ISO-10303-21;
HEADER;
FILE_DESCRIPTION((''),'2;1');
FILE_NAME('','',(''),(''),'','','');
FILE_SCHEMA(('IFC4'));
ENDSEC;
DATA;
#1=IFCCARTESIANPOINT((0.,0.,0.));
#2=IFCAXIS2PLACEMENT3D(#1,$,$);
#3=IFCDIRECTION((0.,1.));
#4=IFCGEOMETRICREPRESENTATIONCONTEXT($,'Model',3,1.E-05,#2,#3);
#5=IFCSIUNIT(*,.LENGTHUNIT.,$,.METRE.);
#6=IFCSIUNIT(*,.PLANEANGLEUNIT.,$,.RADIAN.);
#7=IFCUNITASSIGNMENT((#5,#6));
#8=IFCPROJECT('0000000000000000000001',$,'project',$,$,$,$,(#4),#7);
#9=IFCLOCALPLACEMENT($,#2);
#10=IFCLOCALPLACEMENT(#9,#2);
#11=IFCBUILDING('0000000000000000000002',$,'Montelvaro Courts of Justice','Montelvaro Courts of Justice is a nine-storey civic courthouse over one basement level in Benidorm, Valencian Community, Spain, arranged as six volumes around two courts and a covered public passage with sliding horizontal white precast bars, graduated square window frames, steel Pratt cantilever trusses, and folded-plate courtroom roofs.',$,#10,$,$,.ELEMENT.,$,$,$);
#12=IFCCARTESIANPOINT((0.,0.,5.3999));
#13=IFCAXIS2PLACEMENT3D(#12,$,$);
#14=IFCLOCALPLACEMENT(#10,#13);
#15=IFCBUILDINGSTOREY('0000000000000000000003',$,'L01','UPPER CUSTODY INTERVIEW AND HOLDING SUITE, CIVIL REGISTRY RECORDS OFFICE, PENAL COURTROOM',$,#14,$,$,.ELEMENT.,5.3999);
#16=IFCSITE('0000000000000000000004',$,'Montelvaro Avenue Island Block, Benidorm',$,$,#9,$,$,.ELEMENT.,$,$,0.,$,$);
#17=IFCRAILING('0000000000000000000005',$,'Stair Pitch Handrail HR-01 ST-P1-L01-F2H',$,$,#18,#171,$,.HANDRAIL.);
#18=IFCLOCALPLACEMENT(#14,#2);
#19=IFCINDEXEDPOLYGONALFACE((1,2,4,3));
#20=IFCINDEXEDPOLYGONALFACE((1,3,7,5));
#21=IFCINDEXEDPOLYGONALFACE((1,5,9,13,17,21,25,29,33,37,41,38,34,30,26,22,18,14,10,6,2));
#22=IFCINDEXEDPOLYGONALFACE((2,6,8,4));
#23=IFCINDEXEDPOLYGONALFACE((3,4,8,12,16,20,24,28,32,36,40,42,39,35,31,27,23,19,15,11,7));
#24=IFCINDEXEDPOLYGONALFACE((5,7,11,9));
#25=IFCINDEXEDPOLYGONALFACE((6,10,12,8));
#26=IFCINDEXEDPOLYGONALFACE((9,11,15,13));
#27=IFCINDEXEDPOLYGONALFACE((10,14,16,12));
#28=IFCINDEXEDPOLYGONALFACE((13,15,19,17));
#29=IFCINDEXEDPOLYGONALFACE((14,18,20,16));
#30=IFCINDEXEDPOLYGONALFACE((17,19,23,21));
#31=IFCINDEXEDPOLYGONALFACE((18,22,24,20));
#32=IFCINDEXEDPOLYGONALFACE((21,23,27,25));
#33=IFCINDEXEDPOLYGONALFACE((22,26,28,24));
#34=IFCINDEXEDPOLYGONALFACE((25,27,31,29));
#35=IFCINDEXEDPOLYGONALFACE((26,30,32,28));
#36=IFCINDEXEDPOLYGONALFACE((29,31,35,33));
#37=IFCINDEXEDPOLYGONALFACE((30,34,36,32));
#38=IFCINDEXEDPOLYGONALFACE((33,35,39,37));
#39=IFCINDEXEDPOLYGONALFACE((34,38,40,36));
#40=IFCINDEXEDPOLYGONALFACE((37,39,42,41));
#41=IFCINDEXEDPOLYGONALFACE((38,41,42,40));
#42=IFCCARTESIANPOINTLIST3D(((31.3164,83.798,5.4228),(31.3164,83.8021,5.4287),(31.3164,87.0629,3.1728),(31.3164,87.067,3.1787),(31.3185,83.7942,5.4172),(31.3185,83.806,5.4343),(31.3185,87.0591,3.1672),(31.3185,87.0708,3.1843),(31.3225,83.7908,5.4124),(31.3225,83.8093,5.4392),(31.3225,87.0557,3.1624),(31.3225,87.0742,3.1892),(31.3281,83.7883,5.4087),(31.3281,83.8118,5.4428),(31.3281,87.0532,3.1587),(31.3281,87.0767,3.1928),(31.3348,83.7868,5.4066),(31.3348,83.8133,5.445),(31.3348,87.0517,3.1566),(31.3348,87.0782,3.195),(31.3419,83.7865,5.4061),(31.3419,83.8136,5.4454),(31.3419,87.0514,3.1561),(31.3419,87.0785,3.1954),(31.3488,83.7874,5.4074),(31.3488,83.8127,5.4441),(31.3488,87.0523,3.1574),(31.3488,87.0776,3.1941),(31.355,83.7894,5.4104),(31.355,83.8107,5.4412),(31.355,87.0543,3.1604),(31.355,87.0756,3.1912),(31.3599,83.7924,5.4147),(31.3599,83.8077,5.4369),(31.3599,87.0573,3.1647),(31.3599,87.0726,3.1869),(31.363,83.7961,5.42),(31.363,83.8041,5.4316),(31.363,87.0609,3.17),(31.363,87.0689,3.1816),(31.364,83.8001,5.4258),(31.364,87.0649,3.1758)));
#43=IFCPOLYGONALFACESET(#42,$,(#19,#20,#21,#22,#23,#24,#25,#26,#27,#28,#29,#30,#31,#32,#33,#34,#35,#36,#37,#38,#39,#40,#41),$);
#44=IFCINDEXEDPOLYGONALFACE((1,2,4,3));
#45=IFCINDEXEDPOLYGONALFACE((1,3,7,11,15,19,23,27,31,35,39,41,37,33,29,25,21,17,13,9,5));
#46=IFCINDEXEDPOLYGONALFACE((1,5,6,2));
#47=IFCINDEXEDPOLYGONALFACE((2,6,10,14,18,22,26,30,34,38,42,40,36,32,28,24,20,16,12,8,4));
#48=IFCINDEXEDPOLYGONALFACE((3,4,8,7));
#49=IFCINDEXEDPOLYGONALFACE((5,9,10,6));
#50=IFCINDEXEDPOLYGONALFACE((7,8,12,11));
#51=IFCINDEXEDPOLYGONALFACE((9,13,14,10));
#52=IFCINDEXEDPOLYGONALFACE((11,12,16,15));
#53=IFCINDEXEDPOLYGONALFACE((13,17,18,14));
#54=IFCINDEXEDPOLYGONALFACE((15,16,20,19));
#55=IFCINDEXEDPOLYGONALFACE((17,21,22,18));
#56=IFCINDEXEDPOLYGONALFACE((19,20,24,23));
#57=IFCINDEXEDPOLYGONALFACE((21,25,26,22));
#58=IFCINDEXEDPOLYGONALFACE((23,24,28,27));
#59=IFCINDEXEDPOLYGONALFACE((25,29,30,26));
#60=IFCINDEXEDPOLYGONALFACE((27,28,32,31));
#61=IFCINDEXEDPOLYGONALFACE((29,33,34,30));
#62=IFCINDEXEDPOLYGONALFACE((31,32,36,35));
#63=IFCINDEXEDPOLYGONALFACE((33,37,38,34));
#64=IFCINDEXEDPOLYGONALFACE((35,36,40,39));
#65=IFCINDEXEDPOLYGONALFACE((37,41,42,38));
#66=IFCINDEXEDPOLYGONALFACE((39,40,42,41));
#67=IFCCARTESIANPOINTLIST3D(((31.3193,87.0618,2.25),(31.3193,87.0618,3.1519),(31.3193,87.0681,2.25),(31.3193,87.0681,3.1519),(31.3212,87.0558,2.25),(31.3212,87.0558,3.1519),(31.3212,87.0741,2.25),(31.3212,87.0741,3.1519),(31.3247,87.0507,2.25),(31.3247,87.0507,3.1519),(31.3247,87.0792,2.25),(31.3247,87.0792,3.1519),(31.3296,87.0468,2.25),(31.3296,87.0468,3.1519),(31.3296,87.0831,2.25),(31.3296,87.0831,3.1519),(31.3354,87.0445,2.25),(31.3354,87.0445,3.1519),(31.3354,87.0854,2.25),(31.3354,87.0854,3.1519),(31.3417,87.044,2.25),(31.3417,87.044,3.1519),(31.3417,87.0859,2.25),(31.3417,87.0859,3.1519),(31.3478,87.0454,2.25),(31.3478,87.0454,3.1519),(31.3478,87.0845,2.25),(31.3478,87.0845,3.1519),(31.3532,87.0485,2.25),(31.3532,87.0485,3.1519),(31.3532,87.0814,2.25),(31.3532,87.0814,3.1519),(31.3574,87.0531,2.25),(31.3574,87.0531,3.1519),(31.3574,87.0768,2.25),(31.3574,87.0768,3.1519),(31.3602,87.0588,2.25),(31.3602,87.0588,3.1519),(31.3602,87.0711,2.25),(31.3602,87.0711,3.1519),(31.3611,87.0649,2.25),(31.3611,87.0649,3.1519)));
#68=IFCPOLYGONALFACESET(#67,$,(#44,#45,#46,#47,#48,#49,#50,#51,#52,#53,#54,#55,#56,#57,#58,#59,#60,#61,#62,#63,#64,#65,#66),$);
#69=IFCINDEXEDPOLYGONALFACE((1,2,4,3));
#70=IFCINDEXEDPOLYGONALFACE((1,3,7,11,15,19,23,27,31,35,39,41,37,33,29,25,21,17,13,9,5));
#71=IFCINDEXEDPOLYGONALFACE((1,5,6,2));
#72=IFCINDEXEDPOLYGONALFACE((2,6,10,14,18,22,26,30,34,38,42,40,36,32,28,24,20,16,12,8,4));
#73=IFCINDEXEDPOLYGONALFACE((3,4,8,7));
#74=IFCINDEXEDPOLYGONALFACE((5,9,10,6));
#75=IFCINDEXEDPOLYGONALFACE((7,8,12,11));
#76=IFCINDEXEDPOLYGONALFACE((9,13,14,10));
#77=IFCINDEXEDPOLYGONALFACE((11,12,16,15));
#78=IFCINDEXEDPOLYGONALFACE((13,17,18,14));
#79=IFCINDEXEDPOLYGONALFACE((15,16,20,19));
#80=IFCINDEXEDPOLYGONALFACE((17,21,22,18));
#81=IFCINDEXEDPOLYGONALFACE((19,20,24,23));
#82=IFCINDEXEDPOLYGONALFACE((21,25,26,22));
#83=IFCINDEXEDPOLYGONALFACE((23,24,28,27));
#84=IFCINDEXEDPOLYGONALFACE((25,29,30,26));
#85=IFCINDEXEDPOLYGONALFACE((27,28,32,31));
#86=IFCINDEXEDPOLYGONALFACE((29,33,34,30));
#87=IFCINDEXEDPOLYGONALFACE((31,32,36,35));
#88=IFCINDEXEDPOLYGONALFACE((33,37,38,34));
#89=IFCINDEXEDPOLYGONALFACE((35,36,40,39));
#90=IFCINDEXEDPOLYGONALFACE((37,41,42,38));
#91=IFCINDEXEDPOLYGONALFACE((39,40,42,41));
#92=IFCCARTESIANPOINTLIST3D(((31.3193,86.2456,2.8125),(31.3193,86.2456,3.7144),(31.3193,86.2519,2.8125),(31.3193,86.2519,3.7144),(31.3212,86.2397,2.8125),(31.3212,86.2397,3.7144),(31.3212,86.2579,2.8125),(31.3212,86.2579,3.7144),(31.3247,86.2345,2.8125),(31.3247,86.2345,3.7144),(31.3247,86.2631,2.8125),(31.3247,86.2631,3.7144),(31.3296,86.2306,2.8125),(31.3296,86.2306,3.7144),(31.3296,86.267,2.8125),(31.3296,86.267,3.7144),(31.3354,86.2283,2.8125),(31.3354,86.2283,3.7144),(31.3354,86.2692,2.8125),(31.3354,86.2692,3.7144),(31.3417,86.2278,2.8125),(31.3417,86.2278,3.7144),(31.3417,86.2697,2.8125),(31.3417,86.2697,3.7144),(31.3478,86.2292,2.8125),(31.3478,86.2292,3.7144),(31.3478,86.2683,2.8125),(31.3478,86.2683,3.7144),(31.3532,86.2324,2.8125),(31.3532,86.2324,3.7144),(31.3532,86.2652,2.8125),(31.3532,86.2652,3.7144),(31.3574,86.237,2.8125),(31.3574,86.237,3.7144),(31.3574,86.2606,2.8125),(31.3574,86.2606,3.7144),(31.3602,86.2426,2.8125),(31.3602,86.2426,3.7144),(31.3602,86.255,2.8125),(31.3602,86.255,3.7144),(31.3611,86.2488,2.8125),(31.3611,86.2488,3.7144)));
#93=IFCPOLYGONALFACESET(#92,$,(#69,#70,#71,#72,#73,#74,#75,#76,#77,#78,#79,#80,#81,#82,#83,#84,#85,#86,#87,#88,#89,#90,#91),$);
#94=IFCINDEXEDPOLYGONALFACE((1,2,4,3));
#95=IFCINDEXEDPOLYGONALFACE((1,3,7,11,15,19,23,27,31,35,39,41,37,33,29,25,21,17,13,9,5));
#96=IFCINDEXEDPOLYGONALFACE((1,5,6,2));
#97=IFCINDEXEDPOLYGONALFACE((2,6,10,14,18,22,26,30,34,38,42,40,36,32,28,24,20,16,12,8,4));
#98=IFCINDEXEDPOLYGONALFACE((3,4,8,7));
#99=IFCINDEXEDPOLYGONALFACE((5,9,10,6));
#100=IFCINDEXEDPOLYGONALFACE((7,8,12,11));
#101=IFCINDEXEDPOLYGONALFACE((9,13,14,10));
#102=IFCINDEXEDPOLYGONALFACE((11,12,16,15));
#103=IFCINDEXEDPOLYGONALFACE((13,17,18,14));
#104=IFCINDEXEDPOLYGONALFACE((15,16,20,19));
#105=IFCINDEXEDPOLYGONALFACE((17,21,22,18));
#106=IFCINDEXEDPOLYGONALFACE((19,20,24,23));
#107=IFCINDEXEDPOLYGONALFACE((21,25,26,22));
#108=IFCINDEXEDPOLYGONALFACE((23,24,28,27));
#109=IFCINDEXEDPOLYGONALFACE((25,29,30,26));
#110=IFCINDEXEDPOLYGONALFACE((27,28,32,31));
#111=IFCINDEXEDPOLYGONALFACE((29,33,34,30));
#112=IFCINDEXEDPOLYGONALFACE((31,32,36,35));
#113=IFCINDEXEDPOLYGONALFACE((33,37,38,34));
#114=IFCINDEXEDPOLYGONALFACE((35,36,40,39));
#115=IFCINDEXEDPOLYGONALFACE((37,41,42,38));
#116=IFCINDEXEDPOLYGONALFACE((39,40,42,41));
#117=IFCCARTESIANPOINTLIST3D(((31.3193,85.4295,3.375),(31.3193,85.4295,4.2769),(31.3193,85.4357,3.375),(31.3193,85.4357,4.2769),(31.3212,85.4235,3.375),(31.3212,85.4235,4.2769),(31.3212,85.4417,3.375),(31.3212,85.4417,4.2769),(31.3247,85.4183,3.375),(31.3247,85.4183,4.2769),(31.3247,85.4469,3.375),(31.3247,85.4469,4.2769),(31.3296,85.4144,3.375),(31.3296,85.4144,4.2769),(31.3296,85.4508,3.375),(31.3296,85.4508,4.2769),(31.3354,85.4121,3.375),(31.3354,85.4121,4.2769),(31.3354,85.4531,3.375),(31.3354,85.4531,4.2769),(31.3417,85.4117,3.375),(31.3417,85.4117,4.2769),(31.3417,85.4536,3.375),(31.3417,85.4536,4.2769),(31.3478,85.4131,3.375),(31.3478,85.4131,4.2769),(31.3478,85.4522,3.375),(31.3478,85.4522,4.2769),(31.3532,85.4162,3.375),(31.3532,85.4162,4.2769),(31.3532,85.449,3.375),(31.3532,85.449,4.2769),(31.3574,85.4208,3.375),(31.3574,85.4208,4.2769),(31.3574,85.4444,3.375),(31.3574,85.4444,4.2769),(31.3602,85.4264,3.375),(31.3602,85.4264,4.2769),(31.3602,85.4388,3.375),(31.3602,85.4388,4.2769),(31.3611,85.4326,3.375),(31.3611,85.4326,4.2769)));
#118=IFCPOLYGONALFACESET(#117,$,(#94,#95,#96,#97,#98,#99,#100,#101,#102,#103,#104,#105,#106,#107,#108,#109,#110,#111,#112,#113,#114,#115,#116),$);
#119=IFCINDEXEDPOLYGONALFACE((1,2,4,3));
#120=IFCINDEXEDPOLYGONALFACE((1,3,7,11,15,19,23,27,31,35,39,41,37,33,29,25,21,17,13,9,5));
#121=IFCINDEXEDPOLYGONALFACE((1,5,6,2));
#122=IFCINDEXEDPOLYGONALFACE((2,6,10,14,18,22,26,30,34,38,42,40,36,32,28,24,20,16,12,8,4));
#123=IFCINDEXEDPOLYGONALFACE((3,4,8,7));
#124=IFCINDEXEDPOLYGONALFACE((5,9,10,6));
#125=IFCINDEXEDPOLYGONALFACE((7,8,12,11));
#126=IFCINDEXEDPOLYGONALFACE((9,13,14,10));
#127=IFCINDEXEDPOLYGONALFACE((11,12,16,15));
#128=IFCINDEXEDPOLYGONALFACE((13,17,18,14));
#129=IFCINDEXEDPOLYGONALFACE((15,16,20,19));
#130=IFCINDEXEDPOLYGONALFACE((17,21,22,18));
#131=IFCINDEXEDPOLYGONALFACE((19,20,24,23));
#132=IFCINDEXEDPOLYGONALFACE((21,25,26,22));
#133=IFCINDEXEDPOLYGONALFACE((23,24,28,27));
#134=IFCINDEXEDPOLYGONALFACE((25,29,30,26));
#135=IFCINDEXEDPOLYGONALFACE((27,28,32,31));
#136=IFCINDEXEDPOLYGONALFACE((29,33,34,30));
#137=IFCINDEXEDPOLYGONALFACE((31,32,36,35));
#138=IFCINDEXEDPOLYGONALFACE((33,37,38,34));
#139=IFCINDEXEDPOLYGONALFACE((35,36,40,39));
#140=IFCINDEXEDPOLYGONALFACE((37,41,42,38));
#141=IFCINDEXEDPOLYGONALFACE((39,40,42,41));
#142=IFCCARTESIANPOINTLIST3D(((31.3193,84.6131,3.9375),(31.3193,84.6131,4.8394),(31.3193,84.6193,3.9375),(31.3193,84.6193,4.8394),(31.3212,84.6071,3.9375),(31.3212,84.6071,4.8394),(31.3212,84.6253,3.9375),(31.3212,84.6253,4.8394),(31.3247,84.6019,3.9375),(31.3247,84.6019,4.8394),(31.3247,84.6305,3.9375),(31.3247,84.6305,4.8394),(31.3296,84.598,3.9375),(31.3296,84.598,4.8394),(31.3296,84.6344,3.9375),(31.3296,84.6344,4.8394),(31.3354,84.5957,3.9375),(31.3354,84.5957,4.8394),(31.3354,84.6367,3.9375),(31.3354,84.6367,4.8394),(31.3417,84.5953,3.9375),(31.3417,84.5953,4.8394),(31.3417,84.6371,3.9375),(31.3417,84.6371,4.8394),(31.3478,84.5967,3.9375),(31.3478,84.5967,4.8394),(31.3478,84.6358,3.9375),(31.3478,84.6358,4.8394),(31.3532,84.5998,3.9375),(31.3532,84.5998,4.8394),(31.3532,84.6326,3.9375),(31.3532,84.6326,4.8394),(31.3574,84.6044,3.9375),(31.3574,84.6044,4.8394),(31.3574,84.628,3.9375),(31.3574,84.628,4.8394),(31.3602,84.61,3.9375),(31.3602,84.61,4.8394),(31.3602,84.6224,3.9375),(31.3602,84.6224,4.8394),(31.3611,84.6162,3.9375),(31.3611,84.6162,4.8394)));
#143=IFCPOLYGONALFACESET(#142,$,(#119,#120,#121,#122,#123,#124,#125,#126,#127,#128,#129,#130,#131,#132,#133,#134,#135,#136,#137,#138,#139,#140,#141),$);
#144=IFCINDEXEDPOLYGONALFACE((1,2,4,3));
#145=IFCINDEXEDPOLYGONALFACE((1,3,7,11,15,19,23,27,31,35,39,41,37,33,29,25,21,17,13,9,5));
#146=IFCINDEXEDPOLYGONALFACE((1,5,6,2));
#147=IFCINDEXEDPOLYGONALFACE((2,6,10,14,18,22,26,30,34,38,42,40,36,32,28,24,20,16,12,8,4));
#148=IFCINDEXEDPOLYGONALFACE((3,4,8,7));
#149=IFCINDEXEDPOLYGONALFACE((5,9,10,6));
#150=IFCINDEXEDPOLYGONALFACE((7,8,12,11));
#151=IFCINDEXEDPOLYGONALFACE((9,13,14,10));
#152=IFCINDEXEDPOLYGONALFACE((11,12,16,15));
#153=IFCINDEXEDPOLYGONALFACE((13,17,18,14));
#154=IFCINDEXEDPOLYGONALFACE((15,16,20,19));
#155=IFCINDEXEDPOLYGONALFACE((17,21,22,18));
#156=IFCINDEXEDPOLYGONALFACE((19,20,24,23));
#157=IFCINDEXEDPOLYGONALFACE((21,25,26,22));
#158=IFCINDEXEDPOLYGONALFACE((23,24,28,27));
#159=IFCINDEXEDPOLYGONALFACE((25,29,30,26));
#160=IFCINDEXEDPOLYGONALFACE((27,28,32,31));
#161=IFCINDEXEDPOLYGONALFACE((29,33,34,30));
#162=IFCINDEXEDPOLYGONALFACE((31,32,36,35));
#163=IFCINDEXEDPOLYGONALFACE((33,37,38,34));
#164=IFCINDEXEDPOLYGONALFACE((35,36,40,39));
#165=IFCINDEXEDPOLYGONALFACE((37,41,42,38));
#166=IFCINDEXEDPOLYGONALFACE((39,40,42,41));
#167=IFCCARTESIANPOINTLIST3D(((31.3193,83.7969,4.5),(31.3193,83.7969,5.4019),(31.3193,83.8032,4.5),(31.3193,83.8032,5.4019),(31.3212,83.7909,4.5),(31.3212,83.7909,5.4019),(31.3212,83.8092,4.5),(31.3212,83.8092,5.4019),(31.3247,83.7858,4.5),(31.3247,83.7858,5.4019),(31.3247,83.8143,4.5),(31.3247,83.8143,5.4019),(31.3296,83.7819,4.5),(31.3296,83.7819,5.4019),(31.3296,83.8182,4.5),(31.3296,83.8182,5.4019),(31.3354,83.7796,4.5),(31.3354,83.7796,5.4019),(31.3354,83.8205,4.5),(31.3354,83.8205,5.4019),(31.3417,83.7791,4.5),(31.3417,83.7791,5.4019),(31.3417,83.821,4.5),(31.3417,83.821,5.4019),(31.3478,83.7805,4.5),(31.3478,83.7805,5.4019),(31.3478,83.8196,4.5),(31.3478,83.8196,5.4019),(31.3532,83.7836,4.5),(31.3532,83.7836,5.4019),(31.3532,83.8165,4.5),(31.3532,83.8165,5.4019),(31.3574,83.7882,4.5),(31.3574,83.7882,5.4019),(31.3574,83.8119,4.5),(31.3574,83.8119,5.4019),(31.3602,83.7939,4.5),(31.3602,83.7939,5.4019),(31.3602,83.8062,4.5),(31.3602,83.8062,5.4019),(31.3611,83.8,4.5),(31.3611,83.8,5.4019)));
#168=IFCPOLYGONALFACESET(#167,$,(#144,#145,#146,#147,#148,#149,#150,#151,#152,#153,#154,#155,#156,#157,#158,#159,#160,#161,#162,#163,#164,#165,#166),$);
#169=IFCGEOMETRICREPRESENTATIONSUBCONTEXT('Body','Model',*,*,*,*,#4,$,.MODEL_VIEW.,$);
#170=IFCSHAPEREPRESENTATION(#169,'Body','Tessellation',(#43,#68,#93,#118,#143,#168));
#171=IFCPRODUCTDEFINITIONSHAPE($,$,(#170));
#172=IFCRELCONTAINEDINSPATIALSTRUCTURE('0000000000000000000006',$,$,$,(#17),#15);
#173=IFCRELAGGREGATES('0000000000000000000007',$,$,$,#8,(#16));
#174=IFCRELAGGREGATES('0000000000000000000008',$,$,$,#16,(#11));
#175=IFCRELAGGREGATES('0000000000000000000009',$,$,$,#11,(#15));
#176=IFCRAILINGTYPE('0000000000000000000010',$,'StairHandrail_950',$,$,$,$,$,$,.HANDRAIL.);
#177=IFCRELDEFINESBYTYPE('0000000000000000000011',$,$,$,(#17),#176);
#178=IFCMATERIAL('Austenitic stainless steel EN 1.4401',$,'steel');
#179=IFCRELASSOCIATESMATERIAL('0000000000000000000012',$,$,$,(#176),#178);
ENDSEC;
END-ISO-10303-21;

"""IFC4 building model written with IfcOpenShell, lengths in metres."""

from ifc_helpers import new_model, si_unit, direction, frame, origin, origin_2d, place, context, subcontext, project, spatial, circle, extrude, material, type_object, element, save


model = new_model("IFC4")

# Units and contexts
model_context = context("Model", 3, precision=1e-05, world=origin(), true_north=direction((0.0, 1.0)))
body_context = subcontext(model_context, "Body", "Model", "MODEL_VIEW")
ifc_project = project(units=[si_unit("LENGTHUNIT", "METRE"), si_unit("PLANEANGLEUNIT", "RADIAN")], contexts=[model_context])

# Site, building, storey
site_placement = place(None, origin())
site = spatial("IfcSite", under=ifc_project, at=site_placement, Name="Montelvaro Avenue Island Block, Benidorm", CompositionType="ELEMENT", RefElevation=0.0)
building_placement = place(site_placement, origin())
building = spatial("IfcBuilding", under=site, at=building_placement, Name="Montelvaro Courts of Justice", Description="Montelvaro Courts of Justice is a nine-storey civic courthouse over one basement level in Benidorm, Valencian Community, Spain, arranged as six volumes around two courts and a covered public passage with sliding horizontal white precast bars, graduated square window frames, steel Pratt cantilever trusses, and folded-plate courtroom roofs.", CompositionType="ELEMENT")
storey_placement = place(building_placement, frame((0.0, 0.0, 5.3999)))
storey = spatial("IfcBuildingStorey", under=building, at=storey_placement, Name="L01", Description="UPPER CUSTODY INTERVIEW AND HOLDING SUITE, CIVIL REGISTRY RECORDS OFFICE, PENAL COURTROOM", CompositionType="ELEMENT", Elevation=5.3999)

# Railing
ifc_material_1 = material(Name="Austenitic stainless steel EN 1.4401", Category="steel")
railing_type_1 = type_object("IfcRailingType", Name="StairHandrail_950", PredefinedType="HANDRAIL", material=ifc_material_1)
railing_1_placement = place(storey_placement, frame((31.3401, 87.0649, 2.25)))
element("IfcRailing", 1, at=railing_1_placement, inside=storey, type_object=railing_type_1, Name="Stair Pitch Handrail HR-01 ST-P1-L01-F2H", PredefinedType="HANDRAIL", context=body_context, shape_type="SweptSolid", body=[
    extrude(circle(Radius=0.0239, at=origin_2d()), frame((0.0, 0.0, 0.9258), z_axis=(0.0, -0.823407, 0.567451), x_axis=(1.0, 0.0, 0.0)), (0.0, 0.0, 1.0), 3.9651),
    extrude(circle(Radius=0.021, at=origin_2d()), origin(), (0.0, 0.0, 1.0), 0.9019),
    extrude(circle(Radius=0.021, at=origin_2d()), frame((0.0, -0.8162, 0.5625)), (0.0, 0.0, 1.0), 0.9019),
    extrude(circle(Radius=0.021, at=origin_2d()), frame((0.0, -1.6323, 1.125)), (0.0, 0.0, 1.0), 0.9019),
    extrude(circle(Radius=0.021, at=origin_2d()), frame((0.0, -2.4487, 1.6875)), (0.0, 0.0, 1.0), 0.9019),
    extrude(circle(Radius=0.021, at=origin_2d()), frame((0.0, -3.2649, 2.25)), (0.0, 0.0, 1.0), 0.9019),
])

save(model, "model.ifc")
